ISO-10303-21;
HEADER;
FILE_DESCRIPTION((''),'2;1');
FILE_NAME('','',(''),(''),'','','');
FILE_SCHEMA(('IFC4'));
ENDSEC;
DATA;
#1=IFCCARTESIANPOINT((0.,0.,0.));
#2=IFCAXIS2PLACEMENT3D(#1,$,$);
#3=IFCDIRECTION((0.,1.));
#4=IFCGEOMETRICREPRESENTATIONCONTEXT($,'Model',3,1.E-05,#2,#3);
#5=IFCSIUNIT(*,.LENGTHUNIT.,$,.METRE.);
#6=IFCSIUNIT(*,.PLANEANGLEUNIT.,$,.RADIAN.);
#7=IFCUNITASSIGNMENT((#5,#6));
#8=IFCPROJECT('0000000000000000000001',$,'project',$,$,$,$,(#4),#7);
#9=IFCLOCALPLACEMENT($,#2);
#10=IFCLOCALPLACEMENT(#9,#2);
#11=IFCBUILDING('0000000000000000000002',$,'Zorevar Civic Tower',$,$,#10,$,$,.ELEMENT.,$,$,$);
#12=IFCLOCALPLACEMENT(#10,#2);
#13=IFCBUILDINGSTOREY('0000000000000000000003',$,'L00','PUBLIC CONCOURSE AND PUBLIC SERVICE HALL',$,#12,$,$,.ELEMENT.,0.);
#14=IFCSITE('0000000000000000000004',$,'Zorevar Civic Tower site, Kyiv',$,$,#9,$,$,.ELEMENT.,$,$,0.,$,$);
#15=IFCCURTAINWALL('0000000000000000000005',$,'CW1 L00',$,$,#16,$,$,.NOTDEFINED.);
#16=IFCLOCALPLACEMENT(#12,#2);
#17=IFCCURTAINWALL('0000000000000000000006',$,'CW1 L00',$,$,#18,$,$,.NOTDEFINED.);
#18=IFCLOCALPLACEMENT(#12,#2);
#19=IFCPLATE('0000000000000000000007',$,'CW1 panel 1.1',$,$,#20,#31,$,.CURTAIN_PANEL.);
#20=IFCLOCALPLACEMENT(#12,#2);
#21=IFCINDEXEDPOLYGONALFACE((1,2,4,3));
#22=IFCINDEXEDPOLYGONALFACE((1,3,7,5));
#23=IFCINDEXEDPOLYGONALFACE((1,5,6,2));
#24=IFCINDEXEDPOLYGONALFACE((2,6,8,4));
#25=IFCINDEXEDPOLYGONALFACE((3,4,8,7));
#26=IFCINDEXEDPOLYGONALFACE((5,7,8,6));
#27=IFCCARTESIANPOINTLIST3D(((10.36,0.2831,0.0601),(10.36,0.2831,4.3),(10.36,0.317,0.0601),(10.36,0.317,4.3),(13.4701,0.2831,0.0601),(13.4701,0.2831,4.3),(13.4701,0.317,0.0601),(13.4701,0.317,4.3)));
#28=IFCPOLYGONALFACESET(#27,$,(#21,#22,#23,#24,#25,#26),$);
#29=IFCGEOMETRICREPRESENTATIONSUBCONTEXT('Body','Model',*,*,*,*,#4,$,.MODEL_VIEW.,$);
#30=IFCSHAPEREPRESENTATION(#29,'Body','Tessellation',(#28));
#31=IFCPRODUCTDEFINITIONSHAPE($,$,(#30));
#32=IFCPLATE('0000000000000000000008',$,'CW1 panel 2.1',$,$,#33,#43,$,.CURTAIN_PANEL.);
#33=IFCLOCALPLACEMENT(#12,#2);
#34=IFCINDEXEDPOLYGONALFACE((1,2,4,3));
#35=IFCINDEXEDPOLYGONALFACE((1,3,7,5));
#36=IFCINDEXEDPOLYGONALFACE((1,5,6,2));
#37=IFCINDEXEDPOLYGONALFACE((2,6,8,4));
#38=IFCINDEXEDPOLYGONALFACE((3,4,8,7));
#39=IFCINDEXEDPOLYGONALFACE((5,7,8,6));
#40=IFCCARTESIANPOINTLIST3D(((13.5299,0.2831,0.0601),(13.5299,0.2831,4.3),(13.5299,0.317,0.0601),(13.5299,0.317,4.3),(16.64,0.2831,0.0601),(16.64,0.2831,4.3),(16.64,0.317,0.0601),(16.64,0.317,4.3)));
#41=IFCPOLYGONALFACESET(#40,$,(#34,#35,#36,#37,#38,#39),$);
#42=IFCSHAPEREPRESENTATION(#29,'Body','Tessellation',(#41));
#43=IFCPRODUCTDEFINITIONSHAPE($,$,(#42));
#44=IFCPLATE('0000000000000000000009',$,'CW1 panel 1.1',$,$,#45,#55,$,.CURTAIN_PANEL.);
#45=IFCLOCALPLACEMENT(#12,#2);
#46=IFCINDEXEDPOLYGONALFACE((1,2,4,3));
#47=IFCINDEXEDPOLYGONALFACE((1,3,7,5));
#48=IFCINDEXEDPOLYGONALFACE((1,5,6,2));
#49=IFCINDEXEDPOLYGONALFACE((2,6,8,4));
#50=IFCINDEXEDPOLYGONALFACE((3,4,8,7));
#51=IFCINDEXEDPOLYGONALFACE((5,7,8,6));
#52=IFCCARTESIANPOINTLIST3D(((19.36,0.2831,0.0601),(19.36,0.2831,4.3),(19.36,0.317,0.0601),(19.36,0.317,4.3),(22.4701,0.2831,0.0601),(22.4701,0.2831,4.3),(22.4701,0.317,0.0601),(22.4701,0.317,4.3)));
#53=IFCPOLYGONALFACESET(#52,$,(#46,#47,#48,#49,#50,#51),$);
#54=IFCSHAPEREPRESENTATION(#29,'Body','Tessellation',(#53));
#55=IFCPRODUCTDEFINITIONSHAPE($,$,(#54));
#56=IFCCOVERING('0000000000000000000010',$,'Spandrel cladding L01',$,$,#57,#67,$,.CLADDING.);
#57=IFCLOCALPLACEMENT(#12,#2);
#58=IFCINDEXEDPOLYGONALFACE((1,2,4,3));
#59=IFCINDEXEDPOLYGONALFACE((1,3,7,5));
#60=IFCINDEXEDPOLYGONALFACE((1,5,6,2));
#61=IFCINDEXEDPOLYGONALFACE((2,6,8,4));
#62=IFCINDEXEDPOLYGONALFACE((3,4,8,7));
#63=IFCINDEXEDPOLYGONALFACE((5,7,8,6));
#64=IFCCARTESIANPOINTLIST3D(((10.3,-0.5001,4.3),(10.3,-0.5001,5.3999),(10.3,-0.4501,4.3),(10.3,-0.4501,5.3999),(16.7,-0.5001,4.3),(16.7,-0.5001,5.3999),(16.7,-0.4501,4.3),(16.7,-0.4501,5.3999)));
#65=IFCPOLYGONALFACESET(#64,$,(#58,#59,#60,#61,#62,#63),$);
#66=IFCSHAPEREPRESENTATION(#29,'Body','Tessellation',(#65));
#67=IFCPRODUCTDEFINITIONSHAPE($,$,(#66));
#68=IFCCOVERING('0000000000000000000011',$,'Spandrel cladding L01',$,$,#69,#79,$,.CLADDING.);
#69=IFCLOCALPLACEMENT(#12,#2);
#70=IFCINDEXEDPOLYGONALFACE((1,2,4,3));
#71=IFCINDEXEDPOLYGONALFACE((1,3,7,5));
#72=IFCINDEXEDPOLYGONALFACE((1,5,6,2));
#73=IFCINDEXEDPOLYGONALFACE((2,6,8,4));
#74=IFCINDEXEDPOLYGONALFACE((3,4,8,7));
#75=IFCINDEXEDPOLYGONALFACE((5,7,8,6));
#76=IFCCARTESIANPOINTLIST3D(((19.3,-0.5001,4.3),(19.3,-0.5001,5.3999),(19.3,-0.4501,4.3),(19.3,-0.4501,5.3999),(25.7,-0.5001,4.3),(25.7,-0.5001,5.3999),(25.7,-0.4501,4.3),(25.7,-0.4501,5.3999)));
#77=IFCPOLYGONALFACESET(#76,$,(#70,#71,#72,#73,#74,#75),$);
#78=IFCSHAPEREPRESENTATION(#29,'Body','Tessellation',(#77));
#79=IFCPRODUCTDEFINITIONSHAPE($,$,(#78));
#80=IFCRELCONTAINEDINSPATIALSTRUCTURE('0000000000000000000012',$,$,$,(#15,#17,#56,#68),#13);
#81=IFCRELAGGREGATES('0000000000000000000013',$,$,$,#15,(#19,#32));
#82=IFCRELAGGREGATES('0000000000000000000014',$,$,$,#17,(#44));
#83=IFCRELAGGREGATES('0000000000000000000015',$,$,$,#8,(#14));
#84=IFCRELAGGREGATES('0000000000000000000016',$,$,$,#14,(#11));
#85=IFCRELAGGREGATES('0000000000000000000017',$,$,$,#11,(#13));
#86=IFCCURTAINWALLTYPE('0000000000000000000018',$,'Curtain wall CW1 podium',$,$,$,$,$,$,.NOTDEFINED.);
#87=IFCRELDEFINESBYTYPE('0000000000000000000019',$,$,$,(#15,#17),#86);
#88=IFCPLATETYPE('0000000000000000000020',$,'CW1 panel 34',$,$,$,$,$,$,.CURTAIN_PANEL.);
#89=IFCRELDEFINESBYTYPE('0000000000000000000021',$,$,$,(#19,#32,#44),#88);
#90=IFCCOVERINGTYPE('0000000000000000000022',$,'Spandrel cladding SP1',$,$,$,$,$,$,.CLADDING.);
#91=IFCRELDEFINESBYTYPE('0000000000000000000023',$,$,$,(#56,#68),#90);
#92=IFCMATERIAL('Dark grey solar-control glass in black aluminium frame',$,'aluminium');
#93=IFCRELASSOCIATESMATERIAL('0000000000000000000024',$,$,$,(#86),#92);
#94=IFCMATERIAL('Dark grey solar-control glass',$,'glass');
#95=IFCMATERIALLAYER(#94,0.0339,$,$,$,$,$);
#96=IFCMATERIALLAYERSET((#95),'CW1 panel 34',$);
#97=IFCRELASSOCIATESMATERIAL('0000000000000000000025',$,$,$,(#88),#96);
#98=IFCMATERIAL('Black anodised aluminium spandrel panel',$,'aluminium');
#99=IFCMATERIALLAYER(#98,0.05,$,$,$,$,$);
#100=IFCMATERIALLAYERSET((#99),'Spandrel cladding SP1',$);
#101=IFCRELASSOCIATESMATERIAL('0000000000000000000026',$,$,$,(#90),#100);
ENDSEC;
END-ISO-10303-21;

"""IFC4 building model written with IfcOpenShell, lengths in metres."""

from ifc_helpers import new_model, si_unit, direction, frame, frame_2d, origin, origin_2d, place, context, subcontext, project, spatial, rectangle, extrude, material, layer, layer_set, type_object, element, aggregate, save


model = new_model("IFC4")

# Units and contexts
model_context = context("Model", 3, precision=1e-05, world=origin(), true_north=direction((0.0, 1.0)))
body_context = subcontext(model_context, "Body", "Model", "MODEL_VIEW")
ifc_project = project(units=[si_unit("LENGTHUNIT", "METRE"), si_unit("PLANEANGLEUNIT", "RADIAN")], contexts=[model_context])

# Site, building, storey
site_placement = place(None, origin())
site = spatial("IfcSite", under=ifc_project, at=site_placement, Name="Zorevar Civic Tower site, Kyiv", CompositionType="ELEMENT", RefElevation=0.0)
building_placement = place(site_placement, origin())
building = spatial("IfcBuilding", under=site, at=building_placement, Name="Zorevar Civic Tower", CompositionType="ELEMENT")
storey_placement = place(building_placement, origin())
storey = spatial("IfcBuildingStorey", under=building, at=storey_placement, Name="L00", Description="PUBLIC CONCOURSE AND PUBLIC SERVICE HALL", CompositionType="ELEMENT", Elevation=0.0)

# Curtain walls
ifc_material_1 = material(Name="Dark grey solar-control glass in black aluminium frame", Category="aluminium")
curtain_wall_type = type_object("IfcCurtainWallType", Name="Curtain wall CW1 podium", PredefinedType="NOTDEFINED", material=ifc_material_1)
curtain_wall_1_placement = place(storey_placement, origin())
curtain_wall_1 = element("IfcCurtainWall", 1, at=curtain_wall_1_placement, inside=storey, type_object=curtain_wall_type, Name="CW1 L00", PredefinedType="NOTDEFINED")
curtain_wall_2_placement = place(storey_placement, origin())
curtain_wall_2 = element("IfcCurtainWall", 2, at=curtain_wall_2_placement, inside=storey, type_object=curtain_wall_type, Name="CW1 L00", PredefinedType="NOTDEFINED")

# Plates
ifc_material_2 = material(Name="Dark grey solar-control glass", Category="glass")
ifc_layer_1 = layer(ifc_material_2, 0.0339)
ifc_layer_set_1 = layer_set([ifc_layer_1], Name="CW1 panel 34")
plate_type = type_object("IfcPlateType", Name="CW1 panel 34", PredefinedType="CURTAIN_PANEL", material=ifc_layer_set_1)
plate_1_placement = place(storey_placement, frame((11.915, 0.3, 0.0601), z_axis=(0.0, 0.0, 1.0), x_axis=(1.0, 0.0, 0.0)))
plate_1 = element("IfcPlate", 3, at=plate_1_placement, type_object=plate_type, Name="CW1 panel 1.1", PredefinedType="CURTAIN_PANEL", context=body_context, shape_type="SweptSolid", body=[
    extrude(rectangle(XDim=3.1101, YDim=0.0339, at=origin_2d()), origin(), (0.0, 0.0, 1.0), 4.24),
])
plate_2_placement = place(storey_placement, frame((15.085, 0.3, 0.0601), z_axis=(0.0, 0.0, 1.0), x_axis=(1.0, 0.0, 0.0)))
plate_2 = element("IfcPlate", 4, at=plate_2_placement, type_object=plate_type, Name="CW1 panel 2.1", PredefinedType="CURTAIN_PANEL", context=body_context, shape_type="SweptSolid", body=[
    extrude(rectangle(XDim=3.1101, YDim=0.0339, at=origin_2d()), origin(), (0.0, 0.0, 1.0), 4.24),
])
aggregate(curtain_wall_1, [plate_1, plate_2])
plate_3_placement = place(storey_placement, frame((20.915, 0.3, 0.0601), z_axis=(0.0, 0.0, 1.0), x_axis=(1.0, 0.0, 0.0)))
plate_3 = element("IfcPlate", 5, at=plate_3_placement, type_object=plate_type, Name="CW1 panel 1.1", PredefinedType="CURTAIN_PANEL", context=body_context, shape_type="SweptSolid", body=[
    extrude(rectangle(XDim=3.1101, YDim=0.0339, at=origin_2d()), origin(), (0.0, 0.0, 1.0), 4.24),
])
aggregate(curtain_wall_2, [plate_3])

# Coverings
ifc_material_3 = material(Name="Black anodised aluminium spandrel panel", Category="aluminium")
ifc_layer_2 = layer(ifc_material_3, 0.05)
ifc_layer_set_2 = layer_set([ifc_layer_2], Name="Spandrel cladding SP1")
covering_type = type_object("IfcCoveringType", Name="Spandrel cladding SP1", PredefinedType="CLADDING", material=ifc_layer_set_2)
for number, where, z_axis, x_axis, name in (
    (6, (10.3, -0.4751, 4.3), (0.0, 0.0, 1.0), (1.0, 0.0, 0.0), "Spandrel cladding L01"),
    (7, (19.3, -0.4751, 4.3), (0.0, 0.0, 1.0), (1.0, 0.0, 0.0), "Spandrel cladding L01"),
):
    element("IfcCovering", number, at=place(storey_placement, frame(where, z_axis=z_axis, x_axis=x_axis)), inside=storey, type_object=covering_type, Name=name, PredefinedType="CLADDING", context=body_context, shape_type="SweptSolid", body=[
        extrude(rectangle(XDim=6.3999, YDim=0.05, at=frame_2d((3.2, 0.0))), origin(), (0.0, 0.0, 1.0), 1.0999),
    ])

save(model, "model.ifc")
